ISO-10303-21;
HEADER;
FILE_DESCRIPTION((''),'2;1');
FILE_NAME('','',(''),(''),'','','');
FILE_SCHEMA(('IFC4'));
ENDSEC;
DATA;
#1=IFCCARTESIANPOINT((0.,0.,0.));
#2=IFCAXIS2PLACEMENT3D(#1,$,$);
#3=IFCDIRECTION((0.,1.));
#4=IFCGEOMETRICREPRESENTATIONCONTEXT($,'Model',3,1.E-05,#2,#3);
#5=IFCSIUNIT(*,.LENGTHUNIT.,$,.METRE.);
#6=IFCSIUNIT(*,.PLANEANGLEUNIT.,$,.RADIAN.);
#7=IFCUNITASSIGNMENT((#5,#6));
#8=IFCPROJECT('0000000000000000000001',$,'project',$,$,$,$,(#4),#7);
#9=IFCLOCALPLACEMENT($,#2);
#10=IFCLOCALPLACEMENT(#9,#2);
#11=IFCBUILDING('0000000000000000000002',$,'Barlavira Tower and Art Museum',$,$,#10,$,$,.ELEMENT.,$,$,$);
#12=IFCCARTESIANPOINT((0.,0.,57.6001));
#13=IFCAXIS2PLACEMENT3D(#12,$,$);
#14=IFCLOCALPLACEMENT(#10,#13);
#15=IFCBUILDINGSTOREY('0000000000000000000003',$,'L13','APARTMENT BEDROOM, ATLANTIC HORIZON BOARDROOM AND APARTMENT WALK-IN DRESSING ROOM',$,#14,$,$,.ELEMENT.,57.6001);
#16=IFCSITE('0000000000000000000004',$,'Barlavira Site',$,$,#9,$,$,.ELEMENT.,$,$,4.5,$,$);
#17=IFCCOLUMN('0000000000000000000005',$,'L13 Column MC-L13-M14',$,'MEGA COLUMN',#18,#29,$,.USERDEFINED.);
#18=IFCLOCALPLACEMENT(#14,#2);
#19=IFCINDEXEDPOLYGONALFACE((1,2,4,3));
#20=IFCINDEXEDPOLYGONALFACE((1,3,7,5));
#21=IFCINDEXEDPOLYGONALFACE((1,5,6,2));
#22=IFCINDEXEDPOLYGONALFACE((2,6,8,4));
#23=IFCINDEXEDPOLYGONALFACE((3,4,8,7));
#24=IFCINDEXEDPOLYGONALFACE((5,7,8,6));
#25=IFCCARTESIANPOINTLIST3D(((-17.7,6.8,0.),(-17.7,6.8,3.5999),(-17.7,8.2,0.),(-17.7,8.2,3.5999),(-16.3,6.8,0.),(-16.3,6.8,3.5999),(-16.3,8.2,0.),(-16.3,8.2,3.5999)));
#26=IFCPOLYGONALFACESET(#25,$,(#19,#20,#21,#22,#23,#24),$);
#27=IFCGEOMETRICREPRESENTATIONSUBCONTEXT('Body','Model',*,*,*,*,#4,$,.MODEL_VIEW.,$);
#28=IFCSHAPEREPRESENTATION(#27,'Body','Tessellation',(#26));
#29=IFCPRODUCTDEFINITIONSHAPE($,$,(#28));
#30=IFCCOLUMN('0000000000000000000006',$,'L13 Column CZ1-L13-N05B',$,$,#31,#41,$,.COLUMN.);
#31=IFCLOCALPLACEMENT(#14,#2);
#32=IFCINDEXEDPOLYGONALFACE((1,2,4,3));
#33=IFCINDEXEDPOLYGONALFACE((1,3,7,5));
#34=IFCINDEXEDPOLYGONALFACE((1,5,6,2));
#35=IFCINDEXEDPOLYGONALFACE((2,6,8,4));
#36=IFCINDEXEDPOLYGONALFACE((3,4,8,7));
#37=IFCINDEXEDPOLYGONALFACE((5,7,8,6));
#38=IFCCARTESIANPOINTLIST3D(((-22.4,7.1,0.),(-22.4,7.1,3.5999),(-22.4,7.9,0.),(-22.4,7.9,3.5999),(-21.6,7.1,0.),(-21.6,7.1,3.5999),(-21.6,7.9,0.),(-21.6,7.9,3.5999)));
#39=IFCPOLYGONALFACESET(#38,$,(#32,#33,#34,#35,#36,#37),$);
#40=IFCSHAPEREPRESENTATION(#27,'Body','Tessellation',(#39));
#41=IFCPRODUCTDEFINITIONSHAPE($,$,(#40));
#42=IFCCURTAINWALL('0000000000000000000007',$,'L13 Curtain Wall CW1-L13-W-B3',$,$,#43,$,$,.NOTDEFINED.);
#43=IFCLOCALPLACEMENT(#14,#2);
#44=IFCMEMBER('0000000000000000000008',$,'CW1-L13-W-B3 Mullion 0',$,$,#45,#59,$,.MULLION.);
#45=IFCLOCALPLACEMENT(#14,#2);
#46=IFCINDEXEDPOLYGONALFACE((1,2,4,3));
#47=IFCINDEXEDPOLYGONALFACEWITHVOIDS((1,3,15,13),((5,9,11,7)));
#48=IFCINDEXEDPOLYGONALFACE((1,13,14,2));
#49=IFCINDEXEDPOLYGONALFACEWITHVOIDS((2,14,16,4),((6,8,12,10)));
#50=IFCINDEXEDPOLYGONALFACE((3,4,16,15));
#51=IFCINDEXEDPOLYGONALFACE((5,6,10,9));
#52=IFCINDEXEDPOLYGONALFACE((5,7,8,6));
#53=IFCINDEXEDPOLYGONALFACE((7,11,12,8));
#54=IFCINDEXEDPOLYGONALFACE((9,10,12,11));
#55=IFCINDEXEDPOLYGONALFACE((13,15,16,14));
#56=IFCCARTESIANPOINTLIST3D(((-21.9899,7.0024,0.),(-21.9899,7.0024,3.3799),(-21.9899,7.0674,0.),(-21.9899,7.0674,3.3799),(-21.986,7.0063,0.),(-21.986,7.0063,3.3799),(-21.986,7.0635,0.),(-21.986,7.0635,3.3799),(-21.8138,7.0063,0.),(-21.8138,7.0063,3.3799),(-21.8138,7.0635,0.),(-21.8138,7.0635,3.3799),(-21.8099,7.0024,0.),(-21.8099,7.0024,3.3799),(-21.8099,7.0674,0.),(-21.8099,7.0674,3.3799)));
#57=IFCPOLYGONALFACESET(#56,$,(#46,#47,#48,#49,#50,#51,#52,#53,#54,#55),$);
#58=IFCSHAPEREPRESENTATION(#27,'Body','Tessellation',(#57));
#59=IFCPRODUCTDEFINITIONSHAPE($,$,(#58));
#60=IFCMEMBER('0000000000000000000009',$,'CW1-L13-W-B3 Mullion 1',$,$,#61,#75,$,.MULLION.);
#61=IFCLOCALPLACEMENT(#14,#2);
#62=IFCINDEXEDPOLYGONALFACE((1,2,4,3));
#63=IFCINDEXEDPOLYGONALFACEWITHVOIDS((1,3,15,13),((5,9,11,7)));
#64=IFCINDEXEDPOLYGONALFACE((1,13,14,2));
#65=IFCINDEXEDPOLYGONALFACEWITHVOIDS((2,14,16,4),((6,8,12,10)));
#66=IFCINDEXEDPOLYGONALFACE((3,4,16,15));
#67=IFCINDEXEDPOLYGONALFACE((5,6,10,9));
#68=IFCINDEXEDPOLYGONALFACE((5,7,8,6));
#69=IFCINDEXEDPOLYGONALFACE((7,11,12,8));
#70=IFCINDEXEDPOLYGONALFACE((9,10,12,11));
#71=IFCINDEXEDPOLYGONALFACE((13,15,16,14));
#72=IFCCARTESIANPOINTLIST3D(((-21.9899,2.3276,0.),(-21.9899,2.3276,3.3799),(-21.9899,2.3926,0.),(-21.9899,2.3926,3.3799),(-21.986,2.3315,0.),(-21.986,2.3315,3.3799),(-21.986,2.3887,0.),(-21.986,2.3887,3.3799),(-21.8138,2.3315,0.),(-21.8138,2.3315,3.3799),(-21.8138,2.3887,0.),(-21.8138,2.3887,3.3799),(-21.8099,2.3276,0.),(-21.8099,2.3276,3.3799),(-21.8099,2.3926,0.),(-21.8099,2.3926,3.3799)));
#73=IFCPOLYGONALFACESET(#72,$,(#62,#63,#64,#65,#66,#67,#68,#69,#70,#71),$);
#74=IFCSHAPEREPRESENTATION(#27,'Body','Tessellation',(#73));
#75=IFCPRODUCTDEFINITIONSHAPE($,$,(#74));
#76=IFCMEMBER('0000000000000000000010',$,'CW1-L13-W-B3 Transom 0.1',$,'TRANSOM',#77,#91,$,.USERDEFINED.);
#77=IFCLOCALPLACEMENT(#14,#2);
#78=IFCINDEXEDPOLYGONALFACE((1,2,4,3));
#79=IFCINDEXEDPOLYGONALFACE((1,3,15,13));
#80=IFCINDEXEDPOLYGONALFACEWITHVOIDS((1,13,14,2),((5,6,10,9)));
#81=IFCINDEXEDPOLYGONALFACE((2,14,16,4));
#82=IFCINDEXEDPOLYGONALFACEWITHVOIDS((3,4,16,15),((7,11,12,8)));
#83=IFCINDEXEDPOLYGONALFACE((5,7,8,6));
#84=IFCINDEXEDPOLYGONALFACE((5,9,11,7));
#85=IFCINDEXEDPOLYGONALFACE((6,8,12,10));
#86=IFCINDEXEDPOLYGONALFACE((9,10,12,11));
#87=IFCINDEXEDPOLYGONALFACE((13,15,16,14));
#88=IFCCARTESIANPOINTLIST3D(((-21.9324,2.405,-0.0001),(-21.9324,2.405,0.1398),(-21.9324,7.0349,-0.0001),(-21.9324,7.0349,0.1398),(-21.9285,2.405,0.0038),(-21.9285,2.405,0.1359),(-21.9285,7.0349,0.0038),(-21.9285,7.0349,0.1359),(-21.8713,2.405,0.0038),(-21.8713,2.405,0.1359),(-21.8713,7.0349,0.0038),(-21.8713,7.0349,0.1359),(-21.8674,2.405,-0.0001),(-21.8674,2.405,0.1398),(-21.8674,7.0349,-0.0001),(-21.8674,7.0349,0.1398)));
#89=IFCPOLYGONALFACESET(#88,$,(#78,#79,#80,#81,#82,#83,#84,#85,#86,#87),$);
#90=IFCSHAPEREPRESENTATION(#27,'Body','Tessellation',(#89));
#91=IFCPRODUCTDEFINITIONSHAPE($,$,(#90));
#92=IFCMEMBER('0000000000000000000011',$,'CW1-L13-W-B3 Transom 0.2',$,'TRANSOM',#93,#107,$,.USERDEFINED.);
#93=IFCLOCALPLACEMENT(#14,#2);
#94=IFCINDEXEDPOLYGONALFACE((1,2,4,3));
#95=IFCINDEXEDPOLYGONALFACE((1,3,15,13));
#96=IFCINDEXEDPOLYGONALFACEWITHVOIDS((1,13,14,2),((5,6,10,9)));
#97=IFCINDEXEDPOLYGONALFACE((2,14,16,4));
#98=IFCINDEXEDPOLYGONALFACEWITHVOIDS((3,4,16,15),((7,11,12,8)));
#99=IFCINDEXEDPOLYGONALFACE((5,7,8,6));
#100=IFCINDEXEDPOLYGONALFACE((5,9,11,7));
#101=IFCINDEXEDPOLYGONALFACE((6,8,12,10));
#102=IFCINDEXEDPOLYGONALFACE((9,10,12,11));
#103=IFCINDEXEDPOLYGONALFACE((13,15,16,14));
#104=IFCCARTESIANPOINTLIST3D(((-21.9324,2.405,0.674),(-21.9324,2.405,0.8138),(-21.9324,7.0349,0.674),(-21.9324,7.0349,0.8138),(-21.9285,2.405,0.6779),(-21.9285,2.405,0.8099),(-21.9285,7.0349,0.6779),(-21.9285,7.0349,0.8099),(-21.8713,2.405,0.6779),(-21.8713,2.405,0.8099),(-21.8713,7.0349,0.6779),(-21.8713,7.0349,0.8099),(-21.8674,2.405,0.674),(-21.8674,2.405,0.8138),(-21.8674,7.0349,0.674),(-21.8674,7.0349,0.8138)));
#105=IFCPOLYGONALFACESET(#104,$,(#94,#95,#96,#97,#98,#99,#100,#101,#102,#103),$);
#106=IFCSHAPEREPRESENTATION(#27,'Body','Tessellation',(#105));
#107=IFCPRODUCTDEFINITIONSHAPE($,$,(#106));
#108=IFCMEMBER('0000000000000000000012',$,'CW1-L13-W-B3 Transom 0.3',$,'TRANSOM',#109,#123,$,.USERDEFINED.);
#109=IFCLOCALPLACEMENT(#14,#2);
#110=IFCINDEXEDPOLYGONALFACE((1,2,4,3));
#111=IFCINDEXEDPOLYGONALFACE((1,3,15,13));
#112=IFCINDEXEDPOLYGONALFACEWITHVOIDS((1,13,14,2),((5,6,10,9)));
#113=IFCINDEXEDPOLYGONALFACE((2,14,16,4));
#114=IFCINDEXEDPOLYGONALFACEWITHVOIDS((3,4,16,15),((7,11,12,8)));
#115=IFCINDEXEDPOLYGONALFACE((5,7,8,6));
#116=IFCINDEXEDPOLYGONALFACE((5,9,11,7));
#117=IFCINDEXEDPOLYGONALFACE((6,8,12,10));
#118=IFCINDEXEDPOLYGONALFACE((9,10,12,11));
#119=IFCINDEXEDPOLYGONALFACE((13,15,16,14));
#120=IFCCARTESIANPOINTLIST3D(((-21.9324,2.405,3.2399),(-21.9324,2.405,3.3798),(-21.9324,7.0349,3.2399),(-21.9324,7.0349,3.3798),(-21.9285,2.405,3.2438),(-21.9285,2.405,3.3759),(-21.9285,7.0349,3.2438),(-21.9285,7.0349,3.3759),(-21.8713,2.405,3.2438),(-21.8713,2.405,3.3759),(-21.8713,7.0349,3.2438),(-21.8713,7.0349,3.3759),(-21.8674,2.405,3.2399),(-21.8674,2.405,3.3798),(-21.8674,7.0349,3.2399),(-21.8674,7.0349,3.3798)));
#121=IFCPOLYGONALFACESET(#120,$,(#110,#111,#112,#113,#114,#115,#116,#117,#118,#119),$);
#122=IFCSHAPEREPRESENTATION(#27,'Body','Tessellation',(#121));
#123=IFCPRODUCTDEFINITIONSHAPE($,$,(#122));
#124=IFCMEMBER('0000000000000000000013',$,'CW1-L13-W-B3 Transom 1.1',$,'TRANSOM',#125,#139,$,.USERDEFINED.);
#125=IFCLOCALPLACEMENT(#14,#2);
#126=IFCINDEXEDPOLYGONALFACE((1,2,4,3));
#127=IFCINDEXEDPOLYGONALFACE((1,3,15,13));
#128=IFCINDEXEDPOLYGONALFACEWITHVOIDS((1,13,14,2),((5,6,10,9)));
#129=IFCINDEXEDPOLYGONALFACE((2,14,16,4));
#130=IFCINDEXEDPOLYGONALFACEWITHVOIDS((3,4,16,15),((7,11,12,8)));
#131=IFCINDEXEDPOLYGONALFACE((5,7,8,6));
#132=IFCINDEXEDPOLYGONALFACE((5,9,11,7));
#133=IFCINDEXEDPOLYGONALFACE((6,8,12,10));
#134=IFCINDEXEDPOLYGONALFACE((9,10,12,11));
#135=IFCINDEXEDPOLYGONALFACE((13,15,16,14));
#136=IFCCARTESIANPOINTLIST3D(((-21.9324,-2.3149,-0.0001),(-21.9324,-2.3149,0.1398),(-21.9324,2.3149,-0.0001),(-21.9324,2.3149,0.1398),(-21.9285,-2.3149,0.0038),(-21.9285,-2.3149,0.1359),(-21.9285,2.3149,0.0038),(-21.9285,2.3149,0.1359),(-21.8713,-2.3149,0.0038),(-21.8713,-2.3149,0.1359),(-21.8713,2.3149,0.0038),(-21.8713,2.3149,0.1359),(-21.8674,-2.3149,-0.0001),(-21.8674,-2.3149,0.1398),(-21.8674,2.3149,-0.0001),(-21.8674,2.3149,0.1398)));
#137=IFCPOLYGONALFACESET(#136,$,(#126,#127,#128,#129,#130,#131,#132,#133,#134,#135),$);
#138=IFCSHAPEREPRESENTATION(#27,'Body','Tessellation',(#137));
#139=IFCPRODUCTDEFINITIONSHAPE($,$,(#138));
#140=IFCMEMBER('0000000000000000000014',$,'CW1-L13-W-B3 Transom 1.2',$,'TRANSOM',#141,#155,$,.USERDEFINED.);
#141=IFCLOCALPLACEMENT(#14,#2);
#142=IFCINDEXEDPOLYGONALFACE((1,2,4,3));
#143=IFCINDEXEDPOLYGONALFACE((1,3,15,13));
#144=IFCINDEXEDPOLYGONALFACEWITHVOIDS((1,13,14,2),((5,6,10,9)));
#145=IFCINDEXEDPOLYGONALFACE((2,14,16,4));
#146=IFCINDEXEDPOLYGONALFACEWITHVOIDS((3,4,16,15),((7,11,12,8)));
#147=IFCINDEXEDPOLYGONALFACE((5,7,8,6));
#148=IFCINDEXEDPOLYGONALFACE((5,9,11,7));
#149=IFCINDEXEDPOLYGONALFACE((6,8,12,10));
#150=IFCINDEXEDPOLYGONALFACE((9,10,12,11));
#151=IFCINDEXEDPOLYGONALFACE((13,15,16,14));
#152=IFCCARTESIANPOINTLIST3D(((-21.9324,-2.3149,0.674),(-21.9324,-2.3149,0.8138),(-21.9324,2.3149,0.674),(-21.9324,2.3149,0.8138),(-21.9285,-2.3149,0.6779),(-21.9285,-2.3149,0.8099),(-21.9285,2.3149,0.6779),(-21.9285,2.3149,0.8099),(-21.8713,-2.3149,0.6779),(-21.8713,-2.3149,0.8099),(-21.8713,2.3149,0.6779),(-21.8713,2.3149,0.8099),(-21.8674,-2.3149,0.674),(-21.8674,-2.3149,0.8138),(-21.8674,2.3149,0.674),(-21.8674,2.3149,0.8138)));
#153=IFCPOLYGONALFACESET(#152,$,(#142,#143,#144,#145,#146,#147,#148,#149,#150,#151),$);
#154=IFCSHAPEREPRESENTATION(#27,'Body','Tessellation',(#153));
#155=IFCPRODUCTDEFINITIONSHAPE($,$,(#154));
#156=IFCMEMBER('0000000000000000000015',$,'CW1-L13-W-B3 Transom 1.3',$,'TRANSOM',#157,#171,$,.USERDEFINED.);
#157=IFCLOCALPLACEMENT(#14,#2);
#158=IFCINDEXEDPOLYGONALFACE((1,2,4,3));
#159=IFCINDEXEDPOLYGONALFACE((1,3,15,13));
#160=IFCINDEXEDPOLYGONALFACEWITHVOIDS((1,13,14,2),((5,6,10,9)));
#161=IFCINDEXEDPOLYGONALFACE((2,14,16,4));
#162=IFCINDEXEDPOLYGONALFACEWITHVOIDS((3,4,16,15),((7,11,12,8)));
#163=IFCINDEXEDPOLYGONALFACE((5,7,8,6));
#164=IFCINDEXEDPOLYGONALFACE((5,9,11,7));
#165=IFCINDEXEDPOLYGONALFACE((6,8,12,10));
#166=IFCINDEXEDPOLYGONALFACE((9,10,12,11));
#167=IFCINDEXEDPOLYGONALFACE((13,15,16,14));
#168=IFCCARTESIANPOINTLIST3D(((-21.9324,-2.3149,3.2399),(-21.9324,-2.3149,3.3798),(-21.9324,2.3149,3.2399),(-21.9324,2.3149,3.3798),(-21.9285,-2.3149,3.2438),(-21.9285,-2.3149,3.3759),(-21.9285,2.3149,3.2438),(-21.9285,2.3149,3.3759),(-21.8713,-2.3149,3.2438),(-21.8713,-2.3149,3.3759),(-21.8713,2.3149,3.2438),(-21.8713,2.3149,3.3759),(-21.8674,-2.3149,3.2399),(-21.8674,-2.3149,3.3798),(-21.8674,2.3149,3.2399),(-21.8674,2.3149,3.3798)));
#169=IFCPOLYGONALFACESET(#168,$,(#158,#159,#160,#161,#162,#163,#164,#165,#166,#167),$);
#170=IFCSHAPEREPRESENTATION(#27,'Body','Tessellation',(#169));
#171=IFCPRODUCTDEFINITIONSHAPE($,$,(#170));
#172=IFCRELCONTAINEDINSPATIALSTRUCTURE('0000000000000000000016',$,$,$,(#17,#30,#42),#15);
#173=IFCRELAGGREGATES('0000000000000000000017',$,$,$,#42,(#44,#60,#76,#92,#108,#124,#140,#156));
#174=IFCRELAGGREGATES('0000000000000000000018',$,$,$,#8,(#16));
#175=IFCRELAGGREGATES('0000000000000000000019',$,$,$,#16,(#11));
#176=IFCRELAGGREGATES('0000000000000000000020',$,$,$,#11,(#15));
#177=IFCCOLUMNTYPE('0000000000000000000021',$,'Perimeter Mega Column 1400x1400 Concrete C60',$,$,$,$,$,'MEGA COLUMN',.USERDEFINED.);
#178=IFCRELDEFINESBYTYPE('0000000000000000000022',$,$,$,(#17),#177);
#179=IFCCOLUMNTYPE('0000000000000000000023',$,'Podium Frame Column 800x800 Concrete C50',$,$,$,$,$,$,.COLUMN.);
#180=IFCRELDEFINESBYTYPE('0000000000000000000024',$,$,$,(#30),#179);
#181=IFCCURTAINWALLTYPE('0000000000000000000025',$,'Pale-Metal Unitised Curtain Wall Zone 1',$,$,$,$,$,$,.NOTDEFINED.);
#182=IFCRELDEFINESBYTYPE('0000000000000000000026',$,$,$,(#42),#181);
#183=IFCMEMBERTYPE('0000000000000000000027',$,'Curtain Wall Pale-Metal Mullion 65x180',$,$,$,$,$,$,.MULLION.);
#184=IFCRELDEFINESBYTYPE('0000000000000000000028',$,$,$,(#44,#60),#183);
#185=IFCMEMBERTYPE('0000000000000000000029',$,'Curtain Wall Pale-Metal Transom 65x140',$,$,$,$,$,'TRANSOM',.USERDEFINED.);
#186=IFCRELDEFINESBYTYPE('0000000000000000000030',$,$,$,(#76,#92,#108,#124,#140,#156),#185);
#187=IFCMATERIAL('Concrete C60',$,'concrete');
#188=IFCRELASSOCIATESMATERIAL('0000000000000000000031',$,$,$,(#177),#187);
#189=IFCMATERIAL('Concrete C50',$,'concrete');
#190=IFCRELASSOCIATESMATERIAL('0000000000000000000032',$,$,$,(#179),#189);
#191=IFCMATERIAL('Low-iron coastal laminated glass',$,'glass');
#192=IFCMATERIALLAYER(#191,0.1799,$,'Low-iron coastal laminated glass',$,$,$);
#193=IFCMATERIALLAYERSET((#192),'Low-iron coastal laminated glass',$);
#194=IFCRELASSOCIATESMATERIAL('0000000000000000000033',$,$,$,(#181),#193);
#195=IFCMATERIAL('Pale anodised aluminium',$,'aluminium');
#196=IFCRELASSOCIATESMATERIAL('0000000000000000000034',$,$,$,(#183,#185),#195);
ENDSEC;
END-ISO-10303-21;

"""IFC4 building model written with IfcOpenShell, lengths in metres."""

from ifc_helpers import new_model, si_unit, direction, frame, origin, origin_2d, place, context, subcontext, project, spatial, rectangle, hollow_rectangle, extrude, material, layer, layer_set, material_profile, profile_set, type_object, element, aggregate, save


model = new_model("IFC4")

# Units and contexts
model_context = context("Model", 3, precision=1e-05, world=origin(), true_north=direction((0.0, 1.0)))
body_context = subcontext(model_context, "Body", "Model", "MODEL_VIEW")
ifc_project = project(units=[si_unit("LENGTHUNIT", "METRE"), si_unit("PLANEANGLEUNIT", "RADIAN")], contexts=[model_context])

# Site, building, storey
site_placement = place(None, origin())
site = spatial("IfcSite", under=ifc_project, at=site_placement, Name="Barlavira Site", CompositionType="ELEMENT", RefElevation=4.5)
building_placement = place(site_placement, origin())
building = spatial("IfcBuilding", under=site, at=building_placement, Name="Barlavira Tower and Art Museum", CompositionType="ELEMENT")
storey_placement = place(building_placement, frame((0.0, 0.0, 57.6001)))
storey = spatial("IfcBuildingStorey", under=building, at=storey_placement, Name="L13", Description="APARTMENT BEDROOM, ATLANTIC HORIZON BOARDROOM AND APARTMENT WALK-IN DRESSING ROOM", CompositionType="ELEMENT", Elevation=57.6001)

# Columns
ifc_material_1 = material(Name="Concrete C60", Category="concrete")
ifc_material_profile_1 = material_profile(ifc_material_1, rectangle(XDim=1.3999, YDim=1.3999, at=origin_2d()), Name="RC-MCOL 1400x1400")
ifc_profile_set_1 = profile_set([ifc_material_profile_1], Name="Concrete C60")
column_type_1 = type_object("IfcColumnType", Name="Perimeter Mega Column 1400x1400 Concrete C60", ElementType="MEGA COLUMN", PredefinedType="USERDEFINED", material=ifc_profile_set_1)
column_1_placement = place(storey_placement, frame((-17.0, 7.5, 0.0), z_axis=(0.0, 0.0, 1.0), x_axis=(1.0, 0.0, 0.0)))
element("IfcColumn", 1, at=column_1_placement, inside=storey, type_object=column_type_1, Name="L13 Column MC-L13-M14", ObjectType="MEGA COLUMN", PredefinedType="USERDEFINED", context=body_context, shape_type="SweptSolid", body=[
    extrude(rectangle(XDim=1.3999, YDim=1.3999, at=origin_2d()), origin(), (0.0, 0.0, 1.0), 3.5999),
])
ifc_material_2 = material(Name="Concrete C50", Category="concrete")
ifc_material_profile_2 = material_profile(ifc_material_2, rectangle(XDim=0.8, YDim=0.8, at=origin_2d()), Name="RC-COL 800x800")
ifc_profile_set_2 = profile_set([ifc_material_profile_2], Name="Concrete C50")
column_type_2 = type_object("IfcColumnType", Name="Podium Frame Column 800x800 Concrete C50", PredefinedType="COLUMN", material=ifc_profile_set_2)
column_2_placement = place(storey_placement, frame((-22.0, 7.5, 0.0), z_axis=(0.0, 0.0, 1.0), x_axis=(1.0, 0.0, 0.0)))
element("IfcColumn", 2, at=column_2_placement, inside=storey, type_object=column_type_2, Name="L13 Column CZ1-L13-N05B", PredefinedType="COLUMN", context=body_context, shape_type="SweptSolid", body=[
    extrude(rectangle(XDim=0.8, YDim=0.8, at=origin_2d()), origin(), (0.0, 0.0, 1.0), 3.5999),
])

# Curtain wall, members
ifc_material_3 = material(Name="Low-iron coastal laminated glass", Category="glass")
ifc_layer_1 = layer(ifc_material_3, 0.1799, Name="Low-iron coastal laminated glass")
ifc_layer_set_1 = layer_set([ifc_layer_1], Name="Low-iron coastal laminated glass")
curtain_wall_type = type_object("IfcCurtainWallType", Name="Pale-Metal Unitised Curtain Wall Zone 1", PredefinedType="NOTDEFINED", material=ifc_layer_set_1)
curtain_wall_placement = place(storey_placement, origin())
curtain_wall = element("IfcCurtainWall", 3, at=curtain_wall_placement, inside=storey, type_object=curtain_wall_type, Name="L13 Curtain Wall CW1-L13-W-B3", PredefinedType="NOTDEFINED")
ifc_material_4 = material(Name="Pale anodised aluminium", Category="aluminium")
ifc_material_profile_3 = material_profile(ifc_material_4, hollow_rectangle(XDim=0.0649, YDim=0.1799, WallThickness=0.0039, at=origin_2d()), Name="ALU-MULL 65x180x4")
ifc_profile_set_3 = profile_set([ifc_material_profile_3], Name="Pale anodised aluminium")
member_type_1 = type_object("IfcMemberType", Name="Curtain Wall Pale-Metal Mullion 65x180", PredefinedType="MULLION", material=ifc_profile_set_3)
member_1_placement = place(storey_placement, frame((-21.8999, 7.0349, 0.0), z_axis=(0.0, 0.0, 1.0), x_axis=(0.0, -1.0, 0.0)))
member_1 = element("IfcMember", 4, at=member_1_placement, type_object=member_type_1, Name="CW1-L13-W-B3 Mullion 0", PredefinedType="MULLION", context=body_context, shape_type="SweptSolid", body=[
    extrude(hollow_rectangle(XDim=0.0649, YDim=0.1799, WallThickness=0.0039, at=origin_2d()), origin(), (0.0, 0.0, 1.0), 3.3799),
])
member_2_placement = place(storey_placement, frame((-21.8999, 2.3601, 0.0), z_axis=(0.0, 0.0, 1.0), x_axis=(0.0, -1.0, 0.0)))
member_2 = element("IfcMember", 5, at=member_2_placement, type_object=member_type_1, Name="CW1-L13-W-B3 Mullion 1", PredefinedType="MULLION", context=body_context, shape_type="SweptSolid", body=[
    extrude(hollow_rectangle(XDim=0.0649, YDim=0.1799, WallThickness=0.0039, at=origin_2d()), origin(), (0.0, 0.0, 1.0), 3.3799),
])
ifc_material_profile_4 = material_profile(ifc_material_4, hollow_rectangle(XDim=0.0649, YDim=0.1399, WallThickness=0.0039, at=origin_2d()), Name="ALU-TRAN 65x140x4")
ifc_profile_set_4 = profile_set([ifc_material_profile_4], Name="Pale anodised aluminium")
member_type_2 = type_object("IfcMemberType", Name="Curtain Wall Pale-Metal Transom 65x140", ElementType="TRANSOM", PredefinedType="USERDEFINED", material=ifc_profile_set_4)
member_3_placement = place(storey_placement, frame((-21.8999, 7.0349, 0.0698), z_axis=(0.0, -1.0, 0.0), x_axis=(1.0, 0.0, 0.0)))
member_3 = element("IfcMember", 6, at=member_3_placement, type_object=member_type_2, Name="CW1-L13-W-B3 Transom 0.1", ObjectType="TRANSOM", PredefinedType="USERDEFINED", context=body_context, shape_type="SweptSolid", body=[
    extrude(hollow_rectangle(XDim=0.0649, YDim=0.1399, WallThickness=0.0039, at=origin_2d()), origin(), (0.0, 0.0, 1.0), 4.6299),
])
member_4_placement = place(storey_placement, frame((-21.8999, 7.0349, 0.7439), z_axis=(0.0, -1.0, 0.0), x_axis=(1.0, 0.0, 0.0)))
member_4 = element("IfcMember", 7, at=member_4_placement, type_object=member_type_2, Name="CW1-L13-W-B3 Transom 0.2", ObjectType="TRANSOM", PredefinedType="USERDEFINED", context=body_context, shape_type="SweptSolid", body=[
    extrude(hollow_rectangle(XDim=0.0649, YDim=0.1399, WallThickness=0.0039, at=origin_2d()), origin(), (0.0, 0.0, 1.0), 4.6299),
])
member_5_placement = place(storey_placement, frame((-21.8999, 7.0349, 3.3098), z_axis=(0.0, -1.0, 0.0), x_axis=(1.0, 0.0, 0.0)))
member_5 = element("IfcMember", 8, at=member_5_placement, type_object=member_type_2, Name="CW1-L13-W-B3 Transom 0.3", ObjectType="TRANSOM", PredefinedType="USERDEFINED", context=body_context, shape_type="SweptSolid", body=[
    extrude(hollow_rectangle(XDim=0.0649, YDim=0.1399, WallThickness=0.0039, at=origin_2d()), origin(), (0.0, 0.0, 1.0), 4.6299),
])
member_6_placement = place(storey_placement, frame((-21.8999, 2.3149, 0.0698), z_axis=(0.0, -1.0, 0.0), x_axis=(1.0, 0.0, 0.0)))
member_6 = element("IfcMember", 9, at=member_6_placement, type_object=member_type_2, Name="CW1-L13-W-B3 Transom 1.1", ObjectType="TRANSOM", PredefinedType="USERDEFINED", context=body_context, shape_type="SweptSolid", body=[
    extrude(hollow_rectangle(XDim=0.0649, YDim=0.1399, WallThickness=0.0039, at=origin_2d()), origin(), (0.0, 0.0, 1.0), 4.6299),
])
member_7_placement = place(storey_placement, frame((-21.8999, 2.3149, 0.7439), z_axis=(0.0, -1.0, 0.0), x_axis=(1.0, 0.0, 0.0)))
member_7 = element("IfcMember", 10, at=member_7_placement, type_object=member_type_2, Name="CW1-L13-W-B3 Transom 1.2", ObjectType="TRANSOM", PredefinedType="USERDEFINED", context=body_context, shape_type="SweptSolid", body=[
    extrude(hollow_rectangle(XDim=0.0649, YDim=0.1399, WallThickness=0.0039, at=origin_2d()), origin(), (0.0, 0.0, 1.0), 4.6299),
])
member_8_placement = place(storey_placement, frame((-21.8999, 2.3149, 3.3098), z_axis=(0.0, -1.0, 0.0), x_axis=(1.0, 0.0, 0.0)))
member_8 = element("IfcMember", 11, at=member_8_placement, type_object=member_type_2, Name="CW1-L13-W-B3 Transom 1.3", ObjectType="TRANSOM", PredefinedType="USERDEFINED", context=body_context, shape_type="SweptSolid", body=[
    extrude(hollow_rectangle(XDim=0.0649, YDim=0.1399, WallThickness=0.0039, at=origin_2d()), origin(), (0.0, 0.0, 1.0), 4.6299),
])

aggregate(curtain_wall, [member_1, member_2, member_3, member_4, member_5, member_6, member_7, member_8])

save(model, "model.ifc")
